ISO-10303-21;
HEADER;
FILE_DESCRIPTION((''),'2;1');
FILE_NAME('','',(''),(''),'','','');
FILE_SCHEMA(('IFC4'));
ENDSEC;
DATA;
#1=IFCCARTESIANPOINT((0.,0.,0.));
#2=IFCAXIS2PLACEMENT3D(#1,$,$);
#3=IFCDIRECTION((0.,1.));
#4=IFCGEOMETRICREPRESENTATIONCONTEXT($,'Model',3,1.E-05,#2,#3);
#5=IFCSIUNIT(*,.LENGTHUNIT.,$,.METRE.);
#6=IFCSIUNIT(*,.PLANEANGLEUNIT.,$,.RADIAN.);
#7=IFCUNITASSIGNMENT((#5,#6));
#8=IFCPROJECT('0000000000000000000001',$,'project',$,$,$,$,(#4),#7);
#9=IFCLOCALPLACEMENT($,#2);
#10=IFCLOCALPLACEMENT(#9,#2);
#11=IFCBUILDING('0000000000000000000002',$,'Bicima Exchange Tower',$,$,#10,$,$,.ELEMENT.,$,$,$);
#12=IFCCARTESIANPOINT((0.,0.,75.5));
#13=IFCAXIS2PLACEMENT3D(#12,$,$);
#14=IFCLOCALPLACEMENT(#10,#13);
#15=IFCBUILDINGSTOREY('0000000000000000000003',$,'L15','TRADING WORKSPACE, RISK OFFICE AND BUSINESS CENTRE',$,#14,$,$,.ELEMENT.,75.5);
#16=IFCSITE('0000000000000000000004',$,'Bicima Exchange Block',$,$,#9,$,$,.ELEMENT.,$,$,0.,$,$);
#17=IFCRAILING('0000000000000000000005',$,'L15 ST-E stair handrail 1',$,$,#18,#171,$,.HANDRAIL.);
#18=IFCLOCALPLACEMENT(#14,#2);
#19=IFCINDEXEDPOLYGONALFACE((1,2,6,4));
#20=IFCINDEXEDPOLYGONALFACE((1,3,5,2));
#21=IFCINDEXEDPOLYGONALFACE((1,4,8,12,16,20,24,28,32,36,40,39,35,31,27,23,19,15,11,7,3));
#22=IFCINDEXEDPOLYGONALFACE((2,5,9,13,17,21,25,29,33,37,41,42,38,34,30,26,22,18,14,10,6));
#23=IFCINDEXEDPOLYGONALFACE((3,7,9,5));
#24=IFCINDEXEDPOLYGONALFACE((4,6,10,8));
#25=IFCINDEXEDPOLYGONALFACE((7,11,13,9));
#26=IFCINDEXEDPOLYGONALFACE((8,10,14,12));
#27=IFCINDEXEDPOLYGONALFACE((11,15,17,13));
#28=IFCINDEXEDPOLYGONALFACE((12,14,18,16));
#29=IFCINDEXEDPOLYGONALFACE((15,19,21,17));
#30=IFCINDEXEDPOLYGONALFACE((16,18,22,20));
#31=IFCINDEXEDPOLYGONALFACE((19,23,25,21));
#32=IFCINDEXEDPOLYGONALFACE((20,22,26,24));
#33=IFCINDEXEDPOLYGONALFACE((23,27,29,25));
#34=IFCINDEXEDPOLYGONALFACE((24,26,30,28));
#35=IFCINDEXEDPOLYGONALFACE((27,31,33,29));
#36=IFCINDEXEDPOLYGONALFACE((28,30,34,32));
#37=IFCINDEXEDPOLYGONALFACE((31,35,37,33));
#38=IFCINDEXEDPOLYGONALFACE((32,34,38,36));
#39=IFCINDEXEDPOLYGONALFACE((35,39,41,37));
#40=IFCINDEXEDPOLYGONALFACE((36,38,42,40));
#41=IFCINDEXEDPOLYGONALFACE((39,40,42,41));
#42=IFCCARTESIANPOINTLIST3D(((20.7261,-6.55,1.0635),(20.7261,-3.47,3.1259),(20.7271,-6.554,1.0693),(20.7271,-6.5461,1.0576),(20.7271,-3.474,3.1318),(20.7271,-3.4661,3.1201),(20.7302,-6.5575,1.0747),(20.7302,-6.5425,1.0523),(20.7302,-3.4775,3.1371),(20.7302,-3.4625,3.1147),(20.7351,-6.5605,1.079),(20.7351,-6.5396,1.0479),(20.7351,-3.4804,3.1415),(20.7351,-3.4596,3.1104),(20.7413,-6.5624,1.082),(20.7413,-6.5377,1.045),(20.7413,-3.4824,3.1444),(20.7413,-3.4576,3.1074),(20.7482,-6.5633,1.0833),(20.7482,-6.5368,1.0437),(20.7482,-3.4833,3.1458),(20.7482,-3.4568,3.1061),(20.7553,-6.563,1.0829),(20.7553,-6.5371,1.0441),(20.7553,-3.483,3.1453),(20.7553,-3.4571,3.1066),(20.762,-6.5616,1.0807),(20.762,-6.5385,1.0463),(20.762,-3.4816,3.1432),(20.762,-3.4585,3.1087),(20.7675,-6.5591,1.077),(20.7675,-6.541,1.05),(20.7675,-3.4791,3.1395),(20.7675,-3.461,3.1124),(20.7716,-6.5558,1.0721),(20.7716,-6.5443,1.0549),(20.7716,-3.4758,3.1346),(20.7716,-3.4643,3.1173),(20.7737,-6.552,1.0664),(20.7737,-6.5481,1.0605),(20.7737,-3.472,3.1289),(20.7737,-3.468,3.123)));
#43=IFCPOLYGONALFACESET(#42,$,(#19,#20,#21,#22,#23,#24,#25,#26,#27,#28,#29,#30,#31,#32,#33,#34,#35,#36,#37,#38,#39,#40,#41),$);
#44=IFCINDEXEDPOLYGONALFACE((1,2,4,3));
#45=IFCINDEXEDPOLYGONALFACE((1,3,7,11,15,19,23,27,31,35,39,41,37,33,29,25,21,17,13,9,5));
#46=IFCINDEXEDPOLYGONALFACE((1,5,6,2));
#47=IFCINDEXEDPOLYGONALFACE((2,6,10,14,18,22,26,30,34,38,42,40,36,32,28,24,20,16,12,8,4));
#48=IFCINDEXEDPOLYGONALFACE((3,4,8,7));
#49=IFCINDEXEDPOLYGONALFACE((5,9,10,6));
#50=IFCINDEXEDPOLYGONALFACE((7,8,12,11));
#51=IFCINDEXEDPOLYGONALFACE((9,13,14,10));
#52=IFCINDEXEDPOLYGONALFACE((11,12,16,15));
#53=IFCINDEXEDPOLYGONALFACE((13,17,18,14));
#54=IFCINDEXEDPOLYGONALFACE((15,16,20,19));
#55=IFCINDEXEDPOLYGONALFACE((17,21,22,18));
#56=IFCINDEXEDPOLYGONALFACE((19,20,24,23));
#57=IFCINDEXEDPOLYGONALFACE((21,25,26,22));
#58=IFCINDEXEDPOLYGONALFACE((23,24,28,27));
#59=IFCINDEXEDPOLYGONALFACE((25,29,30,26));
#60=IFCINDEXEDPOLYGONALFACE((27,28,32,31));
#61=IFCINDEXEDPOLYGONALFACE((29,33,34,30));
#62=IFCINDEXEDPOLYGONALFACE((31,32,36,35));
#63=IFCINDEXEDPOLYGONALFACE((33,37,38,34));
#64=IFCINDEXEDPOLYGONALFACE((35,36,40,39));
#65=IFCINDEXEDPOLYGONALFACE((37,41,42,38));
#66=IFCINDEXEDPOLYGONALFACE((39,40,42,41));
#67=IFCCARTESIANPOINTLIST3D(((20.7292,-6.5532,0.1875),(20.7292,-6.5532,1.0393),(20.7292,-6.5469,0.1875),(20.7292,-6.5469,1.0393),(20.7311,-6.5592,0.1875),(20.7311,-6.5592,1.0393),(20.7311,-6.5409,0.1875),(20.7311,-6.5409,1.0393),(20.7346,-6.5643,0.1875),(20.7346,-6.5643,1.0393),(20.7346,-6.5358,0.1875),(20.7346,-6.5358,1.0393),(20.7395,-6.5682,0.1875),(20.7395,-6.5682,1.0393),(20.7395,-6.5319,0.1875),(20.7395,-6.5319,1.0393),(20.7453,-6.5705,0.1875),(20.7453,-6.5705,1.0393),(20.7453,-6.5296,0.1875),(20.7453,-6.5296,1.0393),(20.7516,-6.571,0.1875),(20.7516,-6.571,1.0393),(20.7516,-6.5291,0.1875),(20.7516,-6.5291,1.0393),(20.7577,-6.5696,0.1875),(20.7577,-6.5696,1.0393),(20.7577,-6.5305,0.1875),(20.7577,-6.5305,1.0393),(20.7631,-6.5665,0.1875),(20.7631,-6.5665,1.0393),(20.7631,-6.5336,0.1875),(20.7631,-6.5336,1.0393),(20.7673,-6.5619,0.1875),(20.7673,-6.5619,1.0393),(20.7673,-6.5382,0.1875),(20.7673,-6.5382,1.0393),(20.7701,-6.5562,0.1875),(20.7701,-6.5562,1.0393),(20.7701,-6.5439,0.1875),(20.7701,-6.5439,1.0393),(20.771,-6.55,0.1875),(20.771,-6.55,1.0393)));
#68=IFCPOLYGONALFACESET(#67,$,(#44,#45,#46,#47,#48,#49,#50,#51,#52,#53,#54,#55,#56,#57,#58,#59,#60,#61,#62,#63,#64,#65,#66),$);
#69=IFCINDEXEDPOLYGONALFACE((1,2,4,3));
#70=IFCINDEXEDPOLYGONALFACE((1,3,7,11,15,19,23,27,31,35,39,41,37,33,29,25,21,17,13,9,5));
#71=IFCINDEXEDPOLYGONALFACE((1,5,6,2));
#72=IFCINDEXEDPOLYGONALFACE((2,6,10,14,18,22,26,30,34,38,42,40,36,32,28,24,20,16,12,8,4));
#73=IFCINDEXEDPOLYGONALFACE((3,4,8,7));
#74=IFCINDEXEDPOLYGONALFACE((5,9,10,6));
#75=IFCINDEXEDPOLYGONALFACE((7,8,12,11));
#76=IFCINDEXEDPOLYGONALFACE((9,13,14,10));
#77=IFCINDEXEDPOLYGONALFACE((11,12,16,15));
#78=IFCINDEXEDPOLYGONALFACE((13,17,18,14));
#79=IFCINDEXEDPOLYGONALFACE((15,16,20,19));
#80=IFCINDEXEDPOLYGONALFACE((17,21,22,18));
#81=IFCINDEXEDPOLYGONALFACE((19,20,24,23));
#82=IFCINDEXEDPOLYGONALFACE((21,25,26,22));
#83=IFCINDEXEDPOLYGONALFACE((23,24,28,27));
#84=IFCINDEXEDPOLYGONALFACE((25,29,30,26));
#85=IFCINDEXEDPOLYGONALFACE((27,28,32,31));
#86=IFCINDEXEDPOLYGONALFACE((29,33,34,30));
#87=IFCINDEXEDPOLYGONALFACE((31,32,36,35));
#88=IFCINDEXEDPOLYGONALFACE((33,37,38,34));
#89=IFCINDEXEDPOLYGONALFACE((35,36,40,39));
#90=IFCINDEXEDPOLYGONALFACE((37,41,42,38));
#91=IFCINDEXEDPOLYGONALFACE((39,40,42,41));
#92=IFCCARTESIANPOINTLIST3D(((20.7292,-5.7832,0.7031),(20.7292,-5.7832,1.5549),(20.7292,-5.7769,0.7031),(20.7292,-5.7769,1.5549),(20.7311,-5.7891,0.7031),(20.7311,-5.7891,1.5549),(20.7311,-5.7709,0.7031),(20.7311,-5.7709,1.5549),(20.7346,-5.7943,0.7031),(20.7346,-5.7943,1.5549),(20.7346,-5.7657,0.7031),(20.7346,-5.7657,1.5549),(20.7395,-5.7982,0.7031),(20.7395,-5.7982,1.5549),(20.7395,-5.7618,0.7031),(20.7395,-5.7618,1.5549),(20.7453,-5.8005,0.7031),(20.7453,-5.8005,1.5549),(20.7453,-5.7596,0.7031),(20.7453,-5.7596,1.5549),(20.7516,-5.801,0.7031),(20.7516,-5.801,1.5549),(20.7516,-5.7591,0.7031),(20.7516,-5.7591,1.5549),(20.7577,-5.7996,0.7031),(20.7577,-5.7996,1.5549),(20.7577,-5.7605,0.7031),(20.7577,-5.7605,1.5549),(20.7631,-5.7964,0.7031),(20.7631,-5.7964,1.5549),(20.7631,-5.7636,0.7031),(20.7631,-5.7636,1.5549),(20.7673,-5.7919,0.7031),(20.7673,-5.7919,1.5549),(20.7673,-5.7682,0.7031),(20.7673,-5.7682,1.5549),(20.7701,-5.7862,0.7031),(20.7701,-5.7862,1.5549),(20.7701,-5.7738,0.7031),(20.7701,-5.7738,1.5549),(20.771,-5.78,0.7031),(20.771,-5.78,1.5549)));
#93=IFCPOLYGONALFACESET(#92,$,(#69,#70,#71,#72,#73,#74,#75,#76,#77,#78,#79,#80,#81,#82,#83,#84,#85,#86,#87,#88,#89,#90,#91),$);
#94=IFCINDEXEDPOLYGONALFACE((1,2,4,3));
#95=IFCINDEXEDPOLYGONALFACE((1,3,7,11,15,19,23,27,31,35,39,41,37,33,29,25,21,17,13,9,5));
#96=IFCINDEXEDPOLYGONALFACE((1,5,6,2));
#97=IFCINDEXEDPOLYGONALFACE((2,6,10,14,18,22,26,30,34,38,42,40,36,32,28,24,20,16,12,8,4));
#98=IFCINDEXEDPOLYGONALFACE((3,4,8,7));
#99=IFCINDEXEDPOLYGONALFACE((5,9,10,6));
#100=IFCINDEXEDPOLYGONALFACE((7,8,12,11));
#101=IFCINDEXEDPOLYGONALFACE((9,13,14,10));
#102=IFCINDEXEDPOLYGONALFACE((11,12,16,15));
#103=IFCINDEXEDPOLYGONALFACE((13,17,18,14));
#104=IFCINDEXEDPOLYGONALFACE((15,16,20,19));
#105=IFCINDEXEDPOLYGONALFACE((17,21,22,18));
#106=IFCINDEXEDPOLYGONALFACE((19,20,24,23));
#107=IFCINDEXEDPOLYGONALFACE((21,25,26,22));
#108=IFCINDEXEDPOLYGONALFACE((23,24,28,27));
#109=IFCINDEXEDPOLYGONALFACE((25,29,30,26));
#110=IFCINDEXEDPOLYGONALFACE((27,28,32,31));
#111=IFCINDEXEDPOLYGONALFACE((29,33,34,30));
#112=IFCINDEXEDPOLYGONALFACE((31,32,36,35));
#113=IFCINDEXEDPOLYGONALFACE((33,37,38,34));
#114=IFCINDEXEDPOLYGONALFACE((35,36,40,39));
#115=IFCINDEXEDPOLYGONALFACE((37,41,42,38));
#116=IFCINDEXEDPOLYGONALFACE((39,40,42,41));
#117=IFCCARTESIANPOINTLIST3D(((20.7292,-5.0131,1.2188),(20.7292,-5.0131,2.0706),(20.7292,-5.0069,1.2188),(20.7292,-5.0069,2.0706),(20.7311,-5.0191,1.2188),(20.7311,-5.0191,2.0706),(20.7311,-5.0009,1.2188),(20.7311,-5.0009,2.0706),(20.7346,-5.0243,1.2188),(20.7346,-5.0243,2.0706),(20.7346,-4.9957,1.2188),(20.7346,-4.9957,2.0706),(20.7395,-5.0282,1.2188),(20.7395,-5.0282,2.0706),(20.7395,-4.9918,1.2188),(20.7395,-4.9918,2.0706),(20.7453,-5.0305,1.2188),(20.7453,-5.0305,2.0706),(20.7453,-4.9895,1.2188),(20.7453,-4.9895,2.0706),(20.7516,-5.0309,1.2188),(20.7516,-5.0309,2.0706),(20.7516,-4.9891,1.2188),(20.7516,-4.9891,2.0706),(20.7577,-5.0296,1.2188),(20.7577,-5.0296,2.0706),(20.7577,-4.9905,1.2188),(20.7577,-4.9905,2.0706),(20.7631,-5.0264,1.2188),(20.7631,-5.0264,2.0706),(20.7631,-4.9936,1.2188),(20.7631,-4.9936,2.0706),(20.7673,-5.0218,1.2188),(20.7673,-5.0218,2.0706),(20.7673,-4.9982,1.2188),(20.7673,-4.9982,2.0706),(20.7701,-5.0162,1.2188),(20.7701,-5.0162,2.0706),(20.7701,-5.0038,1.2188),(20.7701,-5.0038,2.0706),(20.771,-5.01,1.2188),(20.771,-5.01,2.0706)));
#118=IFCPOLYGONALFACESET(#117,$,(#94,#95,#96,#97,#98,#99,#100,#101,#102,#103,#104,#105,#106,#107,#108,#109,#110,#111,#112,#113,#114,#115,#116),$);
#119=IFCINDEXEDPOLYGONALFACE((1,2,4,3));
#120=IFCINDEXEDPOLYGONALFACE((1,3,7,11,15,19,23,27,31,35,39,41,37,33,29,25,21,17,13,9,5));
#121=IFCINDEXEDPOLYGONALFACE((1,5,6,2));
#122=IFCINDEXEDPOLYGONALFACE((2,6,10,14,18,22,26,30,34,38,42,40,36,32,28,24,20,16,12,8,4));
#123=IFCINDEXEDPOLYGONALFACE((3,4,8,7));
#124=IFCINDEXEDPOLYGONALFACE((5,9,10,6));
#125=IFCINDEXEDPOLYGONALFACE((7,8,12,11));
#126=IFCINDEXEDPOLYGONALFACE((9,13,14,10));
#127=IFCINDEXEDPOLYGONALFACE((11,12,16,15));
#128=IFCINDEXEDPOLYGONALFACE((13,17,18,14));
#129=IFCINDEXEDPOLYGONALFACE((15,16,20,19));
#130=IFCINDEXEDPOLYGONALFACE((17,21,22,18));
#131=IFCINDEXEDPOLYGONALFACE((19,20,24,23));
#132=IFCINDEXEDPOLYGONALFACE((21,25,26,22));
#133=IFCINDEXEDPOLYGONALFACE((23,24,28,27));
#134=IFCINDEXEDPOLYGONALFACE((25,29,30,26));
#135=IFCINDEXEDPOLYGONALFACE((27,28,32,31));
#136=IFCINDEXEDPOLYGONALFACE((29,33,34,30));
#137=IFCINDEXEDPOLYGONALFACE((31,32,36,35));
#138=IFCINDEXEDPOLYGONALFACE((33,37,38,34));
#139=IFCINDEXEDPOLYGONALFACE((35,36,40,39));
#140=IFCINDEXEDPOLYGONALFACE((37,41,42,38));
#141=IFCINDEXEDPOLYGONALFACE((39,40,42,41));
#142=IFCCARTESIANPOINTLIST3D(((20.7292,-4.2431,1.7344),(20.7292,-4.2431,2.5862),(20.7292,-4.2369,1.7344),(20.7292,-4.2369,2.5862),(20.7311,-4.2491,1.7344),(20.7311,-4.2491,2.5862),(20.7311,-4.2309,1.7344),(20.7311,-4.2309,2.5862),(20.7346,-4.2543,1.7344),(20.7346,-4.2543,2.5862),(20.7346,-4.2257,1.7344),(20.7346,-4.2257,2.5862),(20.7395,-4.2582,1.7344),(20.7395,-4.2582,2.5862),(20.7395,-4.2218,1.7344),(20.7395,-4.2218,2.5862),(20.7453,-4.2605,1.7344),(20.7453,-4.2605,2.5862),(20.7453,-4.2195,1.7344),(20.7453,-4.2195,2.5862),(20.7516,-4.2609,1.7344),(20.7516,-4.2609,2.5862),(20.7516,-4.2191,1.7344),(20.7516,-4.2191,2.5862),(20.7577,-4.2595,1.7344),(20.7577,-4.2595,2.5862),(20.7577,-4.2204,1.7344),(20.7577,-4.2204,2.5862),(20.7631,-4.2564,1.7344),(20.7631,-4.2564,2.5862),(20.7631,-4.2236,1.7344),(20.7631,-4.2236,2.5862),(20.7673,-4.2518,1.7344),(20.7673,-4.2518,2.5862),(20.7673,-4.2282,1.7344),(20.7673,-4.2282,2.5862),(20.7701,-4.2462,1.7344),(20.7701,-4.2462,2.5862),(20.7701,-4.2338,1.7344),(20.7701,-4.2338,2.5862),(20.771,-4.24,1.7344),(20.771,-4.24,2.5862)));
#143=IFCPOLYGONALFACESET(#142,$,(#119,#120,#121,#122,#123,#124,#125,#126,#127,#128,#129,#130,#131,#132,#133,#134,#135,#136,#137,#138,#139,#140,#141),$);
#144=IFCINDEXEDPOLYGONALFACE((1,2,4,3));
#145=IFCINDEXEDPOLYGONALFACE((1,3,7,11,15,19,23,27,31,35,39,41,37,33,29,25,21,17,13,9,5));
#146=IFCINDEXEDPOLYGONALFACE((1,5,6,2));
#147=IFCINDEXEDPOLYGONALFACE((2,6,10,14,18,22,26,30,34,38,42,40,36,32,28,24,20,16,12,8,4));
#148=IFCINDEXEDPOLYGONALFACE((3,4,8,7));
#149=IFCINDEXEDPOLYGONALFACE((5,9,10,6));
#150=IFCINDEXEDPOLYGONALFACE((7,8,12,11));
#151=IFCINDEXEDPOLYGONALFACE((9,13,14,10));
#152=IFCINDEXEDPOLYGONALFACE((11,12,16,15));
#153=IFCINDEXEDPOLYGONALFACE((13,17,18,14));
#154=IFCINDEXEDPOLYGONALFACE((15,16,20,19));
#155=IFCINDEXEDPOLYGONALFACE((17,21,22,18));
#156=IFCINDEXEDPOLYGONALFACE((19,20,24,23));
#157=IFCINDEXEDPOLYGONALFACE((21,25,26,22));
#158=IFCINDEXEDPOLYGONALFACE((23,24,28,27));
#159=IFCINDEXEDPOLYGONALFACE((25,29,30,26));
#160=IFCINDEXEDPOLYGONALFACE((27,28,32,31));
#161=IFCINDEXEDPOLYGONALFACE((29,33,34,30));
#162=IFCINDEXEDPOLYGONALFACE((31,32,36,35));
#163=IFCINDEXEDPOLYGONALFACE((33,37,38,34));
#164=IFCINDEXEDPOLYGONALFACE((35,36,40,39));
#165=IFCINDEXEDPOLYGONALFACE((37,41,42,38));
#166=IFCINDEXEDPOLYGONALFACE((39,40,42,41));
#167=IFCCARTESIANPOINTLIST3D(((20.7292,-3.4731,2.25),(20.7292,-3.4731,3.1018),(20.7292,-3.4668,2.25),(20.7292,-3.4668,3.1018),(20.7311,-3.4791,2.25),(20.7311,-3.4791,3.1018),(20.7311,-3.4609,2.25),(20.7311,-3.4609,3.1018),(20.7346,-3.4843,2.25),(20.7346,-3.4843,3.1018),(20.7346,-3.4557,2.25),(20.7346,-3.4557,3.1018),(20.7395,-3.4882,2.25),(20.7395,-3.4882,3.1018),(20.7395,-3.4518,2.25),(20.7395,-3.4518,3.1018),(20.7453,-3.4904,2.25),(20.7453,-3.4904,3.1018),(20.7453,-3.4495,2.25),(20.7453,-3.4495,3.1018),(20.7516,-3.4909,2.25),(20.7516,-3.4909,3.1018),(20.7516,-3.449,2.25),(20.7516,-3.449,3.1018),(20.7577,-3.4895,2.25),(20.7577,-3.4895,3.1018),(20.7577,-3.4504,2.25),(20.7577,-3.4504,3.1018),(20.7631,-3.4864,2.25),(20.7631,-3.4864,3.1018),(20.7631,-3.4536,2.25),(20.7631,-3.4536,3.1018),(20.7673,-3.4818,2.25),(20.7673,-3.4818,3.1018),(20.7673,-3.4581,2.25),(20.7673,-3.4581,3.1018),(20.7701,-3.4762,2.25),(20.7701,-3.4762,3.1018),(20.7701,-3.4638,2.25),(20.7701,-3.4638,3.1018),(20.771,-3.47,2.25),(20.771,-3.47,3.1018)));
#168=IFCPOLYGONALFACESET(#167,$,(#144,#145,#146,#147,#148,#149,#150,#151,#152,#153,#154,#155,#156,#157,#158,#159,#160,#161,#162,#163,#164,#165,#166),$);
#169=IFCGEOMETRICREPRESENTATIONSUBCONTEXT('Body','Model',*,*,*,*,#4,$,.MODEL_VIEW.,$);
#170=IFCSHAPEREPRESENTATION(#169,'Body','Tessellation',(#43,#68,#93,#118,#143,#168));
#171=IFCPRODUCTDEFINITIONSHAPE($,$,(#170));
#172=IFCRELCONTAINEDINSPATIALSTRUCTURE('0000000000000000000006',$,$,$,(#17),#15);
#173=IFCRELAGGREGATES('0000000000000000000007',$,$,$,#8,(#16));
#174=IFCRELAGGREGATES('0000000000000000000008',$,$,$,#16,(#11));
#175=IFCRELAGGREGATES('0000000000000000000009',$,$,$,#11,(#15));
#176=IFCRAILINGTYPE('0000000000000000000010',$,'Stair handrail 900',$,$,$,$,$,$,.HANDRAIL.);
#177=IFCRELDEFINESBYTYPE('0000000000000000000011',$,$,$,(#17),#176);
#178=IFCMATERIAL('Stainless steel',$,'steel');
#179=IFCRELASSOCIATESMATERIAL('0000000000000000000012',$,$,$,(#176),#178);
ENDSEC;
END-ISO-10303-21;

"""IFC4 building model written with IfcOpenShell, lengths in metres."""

from ifc_helpers import new_model, si_unit, direction, frame, origin, origin_2d, place, context, subcontext, project, spatial, circle, extrude, material, type_object, element, save


model = new_model("IFC4")

# Units and contexts
model_context = context("Model", 3, precision=1e-05, world=origin(), true_north=direction((0.0, 1.0)))
body_context = subcontext(model_context, "Body", "Model", "MODEL_VIEW")
ifc_project = project(units=[si_unit("LENGTHUNIT", "METRE"), si_unit("PLANEANGLEUNIT", "RADIAN")], contexts=[model_context])

# Site, building, storey
site_placement = place(None, origin())
site = spatial("IfcSite", under=ifc_project, at=site_placement, Name="Bicima Exchange Block", CompositionType="ELEMENT", RefElevation=0.0)
building_placement = place(site_placement, origin())
building = spatial("IfcBuilding", under=site, at=building_placement, Name="Bicima Exchange Tower", CompositionType="ELEMENT")
storey_placement = place(building_placement, frame((0.0, 0.0, 75.5)))
storey = spatial("IfcBuildingStorey", under=building, at=storey_placement, Name="L15", Description="TRADING WORKSPACE, RISK OFFICE AND BUSINESS CENTRE", CompositionType="ELEMENT", Elevation=75.5)

# Railing
ifc_material_1 = material(Name="Stainless steel", Category="steel")
railing_type_1 = type_object("IfcRailingType", Name="Stair handrail 900", PredefinedType="HANDRAIL", material=ifc_material_1)
railing_1_placement = place(storey_placement, frame((20.75, -6.55, 0.1875)))
element("IfcRailing", 1, at=railing_1_placement, inside=storey, type_object=railing_type_1, Name="L15 ST-E stair handrail 1", PredefinedType="HANDRAIL", context=body_context, shape_type="SweptSolid", body=[
    extrude(circle(Radius=0.0239, at=origin_2d()), frame((0.0, 0.0, 0.876), z_axis=(0.0, 0.830914, 0.556401), x_axis=(-1.0, 0.0, 0.0)), (0.0, 0.0, 1.0), 3.7068),
    extrude(circle(Radius=0.021, at=origin_2d()), origin(), (0.0, 0.0, 1.0), 0.8518),
    extrude(circle(Radius=0.021, at=origin_2d()), frame((0.0, 0.77, 0.5156)), (0.0, 0.0, 1.0), 0.8518),
    extrude(circle(Radius=0.021, at=origin_2d()), frame((0.0, 1.54, 1.0312)), (0.0, 0.0, 1.0), 0.8518),
    extrude(circle(Radius=0.021, at=origin_2d()), frame((0.0, 2.3101, 1.5469)), (0.0, 0.0, 1.0), 0.8518),
    extrude(circle(Radius=0.021, at=origin_2d()), frame((0.0, 3.0801, 2.0625)), (0.0, 0.0, 1.0), 0.8518),
])

save(model, "model.ifc")
